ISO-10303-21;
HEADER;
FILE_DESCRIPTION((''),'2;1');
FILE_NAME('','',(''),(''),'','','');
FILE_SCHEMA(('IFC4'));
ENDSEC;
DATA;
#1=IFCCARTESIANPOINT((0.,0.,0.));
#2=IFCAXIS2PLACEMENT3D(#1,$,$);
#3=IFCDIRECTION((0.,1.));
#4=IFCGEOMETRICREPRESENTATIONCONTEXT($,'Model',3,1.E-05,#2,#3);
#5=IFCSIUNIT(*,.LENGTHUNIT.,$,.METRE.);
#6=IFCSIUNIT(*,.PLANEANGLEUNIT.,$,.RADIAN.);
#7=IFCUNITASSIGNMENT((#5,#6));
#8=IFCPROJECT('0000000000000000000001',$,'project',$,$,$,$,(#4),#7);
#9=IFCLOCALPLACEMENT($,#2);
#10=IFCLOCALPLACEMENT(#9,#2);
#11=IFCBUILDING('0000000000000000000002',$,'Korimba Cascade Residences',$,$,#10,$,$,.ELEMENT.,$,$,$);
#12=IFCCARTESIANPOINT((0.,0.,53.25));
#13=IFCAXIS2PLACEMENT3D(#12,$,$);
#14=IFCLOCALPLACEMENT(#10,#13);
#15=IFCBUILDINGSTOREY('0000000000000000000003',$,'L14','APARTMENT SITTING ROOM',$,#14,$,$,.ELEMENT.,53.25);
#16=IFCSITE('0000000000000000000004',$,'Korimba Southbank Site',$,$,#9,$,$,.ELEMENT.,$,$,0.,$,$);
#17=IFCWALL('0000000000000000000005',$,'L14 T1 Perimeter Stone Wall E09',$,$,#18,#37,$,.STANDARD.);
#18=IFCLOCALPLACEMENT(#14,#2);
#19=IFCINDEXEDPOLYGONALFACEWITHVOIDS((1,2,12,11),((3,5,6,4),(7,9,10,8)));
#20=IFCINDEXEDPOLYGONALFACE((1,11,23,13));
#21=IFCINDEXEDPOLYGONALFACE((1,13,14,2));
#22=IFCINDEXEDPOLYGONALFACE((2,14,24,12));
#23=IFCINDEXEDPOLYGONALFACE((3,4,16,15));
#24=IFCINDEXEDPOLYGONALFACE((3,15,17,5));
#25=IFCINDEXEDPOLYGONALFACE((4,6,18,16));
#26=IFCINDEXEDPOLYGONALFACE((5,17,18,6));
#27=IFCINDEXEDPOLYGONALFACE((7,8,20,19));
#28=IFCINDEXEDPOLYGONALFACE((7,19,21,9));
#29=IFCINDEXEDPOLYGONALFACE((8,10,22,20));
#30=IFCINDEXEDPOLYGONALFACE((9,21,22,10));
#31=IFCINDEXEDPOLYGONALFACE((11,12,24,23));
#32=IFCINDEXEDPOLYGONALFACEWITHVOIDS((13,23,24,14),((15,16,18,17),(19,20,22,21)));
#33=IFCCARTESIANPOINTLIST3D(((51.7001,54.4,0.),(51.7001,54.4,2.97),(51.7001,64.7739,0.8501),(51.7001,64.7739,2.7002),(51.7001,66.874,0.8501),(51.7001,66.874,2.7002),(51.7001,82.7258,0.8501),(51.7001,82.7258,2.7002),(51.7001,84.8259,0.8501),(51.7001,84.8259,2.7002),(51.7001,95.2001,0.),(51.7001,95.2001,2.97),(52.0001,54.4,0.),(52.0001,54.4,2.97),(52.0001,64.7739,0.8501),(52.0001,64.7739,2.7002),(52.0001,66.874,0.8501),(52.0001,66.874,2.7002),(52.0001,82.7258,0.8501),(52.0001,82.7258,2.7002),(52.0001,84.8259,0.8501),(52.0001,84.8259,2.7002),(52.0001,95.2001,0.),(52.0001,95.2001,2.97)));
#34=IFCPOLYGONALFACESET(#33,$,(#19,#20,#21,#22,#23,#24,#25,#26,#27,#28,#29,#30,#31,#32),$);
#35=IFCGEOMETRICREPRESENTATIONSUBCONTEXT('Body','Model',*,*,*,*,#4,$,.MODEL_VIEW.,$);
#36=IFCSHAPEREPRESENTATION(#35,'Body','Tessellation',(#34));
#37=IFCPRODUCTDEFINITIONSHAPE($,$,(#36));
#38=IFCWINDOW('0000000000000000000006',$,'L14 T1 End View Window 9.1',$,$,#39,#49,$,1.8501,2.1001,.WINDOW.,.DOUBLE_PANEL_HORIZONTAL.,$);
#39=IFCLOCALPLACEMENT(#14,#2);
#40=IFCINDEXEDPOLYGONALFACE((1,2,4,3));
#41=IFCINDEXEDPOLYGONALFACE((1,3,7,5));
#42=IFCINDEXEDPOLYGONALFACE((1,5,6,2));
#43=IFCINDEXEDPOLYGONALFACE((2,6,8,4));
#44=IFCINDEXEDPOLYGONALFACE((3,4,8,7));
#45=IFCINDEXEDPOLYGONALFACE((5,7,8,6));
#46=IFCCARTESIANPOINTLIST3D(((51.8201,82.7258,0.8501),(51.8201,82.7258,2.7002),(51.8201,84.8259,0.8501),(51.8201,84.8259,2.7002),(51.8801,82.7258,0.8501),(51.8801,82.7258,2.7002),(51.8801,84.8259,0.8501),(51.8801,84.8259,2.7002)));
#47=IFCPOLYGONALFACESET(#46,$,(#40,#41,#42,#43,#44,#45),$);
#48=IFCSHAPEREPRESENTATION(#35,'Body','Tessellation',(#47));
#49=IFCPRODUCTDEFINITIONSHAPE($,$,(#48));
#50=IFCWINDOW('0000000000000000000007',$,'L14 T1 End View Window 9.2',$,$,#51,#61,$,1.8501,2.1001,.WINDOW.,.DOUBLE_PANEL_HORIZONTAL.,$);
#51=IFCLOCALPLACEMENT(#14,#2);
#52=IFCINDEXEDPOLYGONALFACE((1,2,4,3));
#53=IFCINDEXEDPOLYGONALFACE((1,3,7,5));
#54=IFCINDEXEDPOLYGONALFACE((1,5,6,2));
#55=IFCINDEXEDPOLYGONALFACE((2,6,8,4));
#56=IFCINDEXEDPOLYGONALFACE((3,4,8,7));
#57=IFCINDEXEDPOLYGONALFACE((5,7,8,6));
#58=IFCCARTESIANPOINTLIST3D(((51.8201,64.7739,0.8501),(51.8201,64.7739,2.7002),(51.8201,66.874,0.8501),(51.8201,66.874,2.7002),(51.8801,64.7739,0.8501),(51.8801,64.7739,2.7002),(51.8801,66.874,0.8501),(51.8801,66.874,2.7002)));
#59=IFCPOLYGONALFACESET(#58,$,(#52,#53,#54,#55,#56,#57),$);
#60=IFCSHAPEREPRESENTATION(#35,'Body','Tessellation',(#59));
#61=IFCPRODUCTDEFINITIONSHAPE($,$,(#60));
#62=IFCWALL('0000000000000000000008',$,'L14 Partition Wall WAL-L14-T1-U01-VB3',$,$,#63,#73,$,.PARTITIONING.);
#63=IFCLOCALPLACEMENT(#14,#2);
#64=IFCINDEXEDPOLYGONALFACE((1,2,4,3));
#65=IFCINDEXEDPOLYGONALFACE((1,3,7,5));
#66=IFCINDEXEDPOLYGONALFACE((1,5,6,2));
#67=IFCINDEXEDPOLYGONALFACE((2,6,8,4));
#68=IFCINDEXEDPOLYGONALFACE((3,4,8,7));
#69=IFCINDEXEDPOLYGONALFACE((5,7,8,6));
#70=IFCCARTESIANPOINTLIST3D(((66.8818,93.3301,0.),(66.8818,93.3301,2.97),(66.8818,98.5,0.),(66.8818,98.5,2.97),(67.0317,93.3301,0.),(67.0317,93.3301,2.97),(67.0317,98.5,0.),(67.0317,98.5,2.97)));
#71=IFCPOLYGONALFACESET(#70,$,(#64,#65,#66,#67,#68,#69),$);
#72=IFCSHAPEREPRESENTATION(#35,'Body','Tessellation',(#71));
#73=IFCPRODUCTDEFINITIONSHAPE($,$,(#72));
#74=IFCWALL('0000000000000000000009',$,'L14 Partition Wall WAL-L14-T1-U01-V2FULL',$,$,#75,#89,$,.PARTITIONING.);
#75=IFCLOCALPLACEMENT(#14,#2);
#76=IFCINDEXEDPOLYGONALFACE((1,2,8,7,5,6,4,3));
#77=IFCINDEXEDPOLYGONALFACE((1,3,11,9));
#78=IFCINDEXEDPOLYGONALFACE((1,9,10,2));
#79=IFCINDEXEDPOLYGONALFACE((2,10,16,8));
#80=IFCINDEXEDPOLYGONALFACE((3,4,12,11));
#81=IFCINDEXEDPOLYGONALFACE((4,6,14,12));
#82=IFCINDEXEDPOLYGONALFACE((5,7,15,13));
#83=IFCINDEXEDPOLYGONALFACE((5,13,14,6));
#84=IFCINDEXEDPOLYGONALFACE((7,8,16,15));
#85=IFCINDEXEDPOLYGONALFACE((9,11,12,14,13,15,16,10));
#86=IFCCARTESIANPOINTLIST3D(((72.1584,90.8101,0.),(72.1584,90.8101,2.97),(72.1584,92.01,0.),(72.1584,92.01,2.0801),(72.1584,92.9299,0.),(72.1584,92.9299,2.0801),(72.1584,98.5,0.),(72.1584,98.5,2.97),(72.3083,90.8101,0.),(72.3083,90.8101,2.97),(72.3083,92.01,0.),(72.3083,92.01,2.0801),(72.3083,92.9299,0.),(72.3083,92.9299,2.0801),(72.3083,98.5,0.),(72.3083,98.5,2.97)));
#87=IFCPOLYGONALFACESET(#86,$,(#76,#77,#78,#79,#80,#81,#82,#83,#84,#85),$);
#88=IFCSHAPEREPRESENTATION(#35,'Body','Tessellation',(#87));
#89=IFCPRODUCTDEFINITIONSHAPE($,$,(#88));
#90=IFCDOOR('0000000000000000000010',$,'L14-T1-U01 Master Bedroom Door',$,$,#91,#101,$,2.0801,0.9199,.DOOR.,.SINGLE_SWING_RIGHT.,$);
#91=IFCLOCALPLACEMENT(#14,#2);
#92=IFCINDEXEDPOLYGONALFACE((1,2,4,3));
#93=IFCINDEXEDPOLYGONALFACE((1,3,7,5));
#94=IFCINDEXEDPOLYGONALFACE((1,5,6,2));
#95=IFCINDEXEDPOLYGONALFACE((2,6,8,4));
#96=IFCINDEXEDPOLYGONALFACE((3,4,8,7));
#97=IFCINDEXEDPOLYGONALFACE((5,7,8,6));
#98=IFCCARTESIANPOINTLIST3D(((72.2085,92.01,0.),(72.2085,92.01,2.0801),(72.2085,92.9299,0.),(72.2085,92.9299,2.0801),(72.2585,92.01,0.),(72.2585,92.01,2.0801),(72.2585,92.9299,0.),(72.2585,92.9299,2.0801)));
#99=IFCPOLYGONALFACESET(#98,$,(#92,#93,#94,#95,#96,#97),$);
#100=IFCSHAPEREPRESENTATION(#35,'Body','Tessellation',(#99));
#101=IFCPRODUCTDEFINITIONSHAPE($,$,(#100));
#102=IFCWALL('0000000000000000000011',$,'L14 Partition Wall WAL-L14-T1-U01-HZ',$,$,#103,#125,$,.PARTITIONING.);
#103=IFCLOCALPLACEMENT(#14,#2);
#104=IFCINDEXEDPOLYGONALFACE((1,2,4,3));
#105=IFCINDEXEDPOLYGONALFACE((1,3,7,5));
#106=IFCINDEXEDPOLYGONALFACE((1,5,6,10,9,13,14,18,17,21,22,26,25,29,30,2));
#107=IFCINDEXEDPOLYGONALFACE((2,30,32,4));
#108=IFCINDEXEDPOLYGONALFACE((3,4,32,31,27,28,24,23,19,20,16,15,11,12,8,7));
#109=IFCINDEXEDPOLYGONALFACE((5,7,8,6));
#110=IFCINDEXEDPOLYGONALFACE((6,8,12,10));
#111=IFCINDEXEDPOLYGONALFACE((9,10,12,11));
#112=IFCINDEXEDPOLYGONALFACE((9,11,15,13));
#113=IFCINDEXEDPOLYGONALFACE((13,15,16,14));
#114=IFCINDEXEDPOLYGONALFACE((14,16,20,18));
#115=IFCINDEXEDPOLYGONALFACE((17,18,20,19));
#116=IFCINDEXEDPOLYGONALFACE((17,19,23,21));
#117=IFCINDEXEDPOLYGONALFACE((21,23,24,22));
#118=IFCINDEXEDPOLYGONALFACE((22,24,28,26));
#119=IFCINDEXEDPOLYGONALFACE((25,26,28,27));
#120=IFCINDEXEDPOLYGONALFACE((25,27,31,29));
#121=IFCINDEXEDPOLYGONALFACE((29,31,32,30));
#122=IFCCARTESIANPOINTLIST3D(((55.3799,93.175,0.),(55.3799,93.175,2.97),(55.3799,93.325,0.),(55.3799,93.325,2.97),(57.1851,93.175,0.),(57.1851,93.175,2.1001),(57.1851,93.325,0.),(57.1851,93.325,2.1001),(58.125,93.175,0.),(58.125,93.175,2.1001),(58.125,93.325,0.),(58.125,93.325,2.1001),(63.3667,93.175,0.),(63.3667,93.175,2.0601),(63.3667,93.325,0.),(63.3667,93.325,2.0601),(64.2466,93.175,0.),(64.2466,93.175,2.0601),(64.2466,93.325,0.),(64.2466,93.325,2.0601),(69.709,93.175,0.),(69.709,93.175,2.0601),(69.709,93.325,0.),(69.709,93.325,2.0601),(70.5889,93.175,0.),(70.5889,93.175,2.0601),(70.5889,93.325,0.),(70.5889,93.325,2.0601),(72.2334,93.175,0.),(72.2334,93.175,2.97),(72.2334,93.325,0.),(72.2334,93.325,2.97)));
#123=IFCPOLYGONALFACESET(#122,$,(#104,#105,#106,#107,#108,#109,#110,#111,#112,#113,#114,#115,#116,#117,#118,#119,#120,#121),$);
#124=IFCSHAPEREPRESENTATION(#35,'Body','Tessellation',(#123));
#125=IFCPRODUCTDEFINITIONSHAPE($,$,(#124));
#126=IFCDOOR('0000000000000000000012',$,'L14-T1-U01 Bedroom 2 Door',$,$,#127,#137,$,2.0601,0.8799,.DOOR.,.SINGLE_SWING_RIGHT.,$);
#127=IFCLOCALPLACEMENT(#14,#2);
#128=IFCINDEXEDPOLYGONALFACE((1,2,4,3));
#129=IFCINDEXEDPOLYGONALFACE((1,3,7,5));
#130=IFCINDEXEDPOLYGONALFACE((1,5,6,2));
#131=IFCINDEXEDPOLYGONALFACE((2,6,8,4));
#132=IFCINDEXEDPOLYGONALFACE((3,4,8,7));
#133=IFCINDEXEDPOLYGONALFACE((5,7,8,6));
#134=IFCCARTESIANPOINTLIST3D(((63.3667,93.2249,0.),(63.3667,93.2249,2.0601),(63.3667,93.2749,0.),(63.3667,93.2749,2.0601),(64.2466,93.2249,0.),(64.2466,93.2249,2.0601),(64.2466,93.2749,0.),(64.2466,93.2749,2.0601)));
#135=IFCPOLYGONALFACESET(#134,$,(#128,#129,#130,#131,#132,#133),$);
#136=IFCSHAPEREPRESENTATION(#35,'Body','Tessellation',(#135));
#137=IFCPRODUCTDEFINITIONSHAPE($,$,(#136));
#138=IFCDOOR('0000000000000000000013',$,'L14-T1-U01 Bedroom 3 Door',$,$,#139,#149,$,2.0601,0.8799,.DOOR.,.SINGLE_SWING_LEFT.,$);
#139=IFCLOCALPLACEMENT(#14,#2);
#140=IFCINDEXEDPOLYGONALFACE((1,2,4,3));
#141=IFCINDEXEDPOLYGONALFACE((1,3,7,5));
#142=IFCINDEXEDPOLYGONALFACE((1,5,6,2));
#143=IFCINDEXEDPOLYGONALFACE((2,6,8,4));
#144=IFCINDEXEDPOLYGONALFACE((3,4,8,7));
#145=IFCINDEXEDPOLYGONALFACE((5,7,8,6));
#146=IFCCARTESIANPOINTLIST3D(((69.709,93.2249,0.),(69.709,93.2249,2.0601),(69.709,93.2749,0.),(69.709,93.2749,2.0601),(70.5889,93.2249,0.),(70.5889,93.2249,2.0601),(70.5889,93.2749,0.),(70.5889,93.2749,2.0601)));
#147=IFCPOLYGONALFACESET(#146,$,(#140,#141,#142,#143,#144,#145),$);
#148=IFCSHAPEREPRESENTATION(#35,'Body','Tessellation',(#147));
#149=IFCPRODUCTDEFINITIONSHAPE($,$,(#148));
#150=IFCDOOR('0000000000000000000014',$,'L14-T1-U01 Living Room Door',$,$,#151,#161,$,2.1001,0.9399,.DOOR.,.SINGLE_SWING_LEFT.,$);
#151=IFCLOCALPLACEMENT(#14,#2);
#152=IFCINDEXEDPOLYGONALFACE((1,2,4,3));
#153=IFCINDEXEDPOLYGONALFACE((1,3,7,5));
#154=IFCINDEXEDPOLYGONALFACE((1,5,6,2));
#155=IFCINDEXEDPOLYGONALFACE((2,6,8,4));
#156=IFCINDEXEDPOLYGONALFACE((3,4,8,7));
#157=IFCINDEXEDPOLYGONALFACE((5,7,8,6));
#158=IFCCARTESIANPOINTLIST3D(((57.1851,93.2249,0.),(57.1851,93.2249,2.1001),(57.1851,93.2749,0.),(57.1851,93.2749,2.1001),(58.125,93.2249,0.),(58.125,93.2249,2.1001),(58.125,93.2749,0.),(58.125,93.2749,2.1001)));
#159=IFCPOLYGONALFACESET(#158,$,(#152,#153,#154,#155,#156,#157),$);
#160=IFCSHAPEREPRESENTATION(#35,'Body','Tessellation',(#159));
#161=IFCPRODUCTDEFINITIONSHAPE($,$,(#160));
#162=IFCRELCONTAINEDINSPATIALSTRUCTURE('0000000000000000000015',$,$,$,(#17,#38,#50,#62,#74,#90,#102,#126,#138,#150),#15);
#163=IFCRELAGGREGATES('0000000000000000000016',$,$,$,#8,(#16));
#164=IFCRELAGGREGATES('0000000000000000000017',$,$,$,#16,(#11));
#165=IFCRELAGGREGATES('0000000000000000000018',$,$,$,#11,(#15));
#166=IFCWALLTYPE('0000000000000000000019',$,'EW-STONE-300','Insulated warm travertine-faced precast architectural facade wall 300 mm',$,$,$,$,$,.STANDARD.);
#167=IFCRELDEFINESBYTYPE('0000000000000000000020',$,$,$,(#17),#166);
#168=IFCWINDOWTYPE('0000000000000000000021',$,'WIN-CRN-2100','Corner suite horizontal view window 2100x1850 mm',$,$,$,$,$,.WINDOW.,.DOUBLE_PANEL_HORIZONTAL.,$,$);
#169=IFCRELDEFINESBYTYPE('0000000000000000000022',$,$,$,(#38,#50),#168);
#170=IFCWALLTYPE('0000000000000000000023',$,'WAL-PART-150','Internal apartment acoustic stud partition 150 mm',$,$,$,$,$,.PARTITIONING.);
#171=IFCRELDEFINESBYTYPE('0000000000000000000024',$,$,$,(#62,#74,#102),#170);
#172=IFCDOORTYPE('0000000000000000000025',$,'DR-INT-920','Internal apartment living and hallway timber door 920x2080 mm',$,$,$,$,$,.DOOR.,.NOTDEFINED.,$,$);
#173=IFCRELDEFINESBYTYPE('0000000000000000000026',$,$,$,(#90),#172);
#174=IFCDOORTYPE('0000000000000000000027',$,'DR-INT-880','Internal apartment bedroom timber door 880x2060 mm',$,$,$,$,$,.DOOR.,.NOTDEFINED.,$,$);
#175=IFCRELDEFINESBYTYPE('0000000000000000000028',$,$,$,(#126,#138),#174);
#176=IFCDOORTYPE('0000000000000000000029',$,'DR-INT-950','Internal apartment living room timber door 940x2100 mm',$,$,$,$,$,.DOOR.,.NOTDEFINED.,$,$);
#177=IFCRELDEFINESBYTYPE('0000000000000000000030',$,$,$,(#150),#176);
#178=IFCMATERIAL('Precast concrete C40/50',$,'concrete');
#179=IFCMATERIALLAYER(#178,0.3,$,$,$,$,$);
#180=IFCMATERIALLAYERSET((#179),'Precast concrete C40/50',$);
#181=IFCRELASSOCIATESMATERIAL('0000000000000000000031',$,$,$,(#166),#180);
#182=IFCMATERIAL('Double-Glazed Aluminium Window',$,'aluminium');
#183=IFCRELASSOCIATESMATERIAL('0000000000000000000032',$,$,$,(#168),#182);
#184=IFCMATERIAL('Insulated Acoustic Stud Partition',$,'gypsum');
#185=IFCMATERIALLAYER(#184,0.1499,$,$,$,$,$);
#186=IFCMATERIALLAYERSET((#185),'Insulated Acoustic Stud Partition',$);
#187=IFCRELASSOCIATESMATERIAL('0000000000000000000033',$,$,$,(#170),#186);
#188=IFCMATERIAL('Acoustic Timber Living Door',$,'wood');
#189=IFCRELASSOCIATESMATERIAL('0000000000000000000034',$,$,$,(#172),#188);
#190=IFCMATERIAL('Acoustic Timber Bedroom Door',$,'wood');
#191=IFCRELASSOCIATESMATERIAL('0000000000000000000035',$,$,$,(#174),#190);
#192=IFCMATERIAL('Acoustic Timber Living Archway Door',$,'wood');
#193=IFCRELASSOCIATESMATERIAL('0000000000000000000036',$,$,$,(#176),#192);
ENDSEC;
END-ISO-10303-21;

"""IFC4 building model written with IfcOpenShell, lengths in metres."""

from ifc_helpers import new_model, si_unit, direction, frame, frame_2d, origin, place, context, subcontext, project, spatial, rectangle, extrude, material, layer, layer_set, type_object, element, fill, save


model = new_model("IFC4")

# Units and contexts
model_context = context("Model", 3, precision=1e-05, world=origin(), true_north=direction((0.0, 1.0)))
body_context = subcontext(model_context, "Body", "Model", "MODEL_VIEW")
ifc_project = project(units=[si_unit("LENGTHUNIT", "METRE"), si_unit("PLANEANGLEUNIT", "RADIAN")], contexts=[model_context])

# Site, building, storey
site_placement = place(None, origin())
site = spatial("IfcSite", under=ifc_project, at=site_placement, Name="Korimba Southbank Site", CompositionType="ELEMENT", RefElevation=0.0)
building_placement = place(site_placement, origin())
building = spatial("IfcBuilding", under=site, at=building_placement, Name="Korimba Cascade Residences", CompositionType="ELEMENT")
storey_placement = place(building_placement, frame((0.0, 0.0, 53.25)))
storey = spatial("IfcBuildingStorey", under=building, at=storey_placement, Name="L14", Description="APARTMENT SITTING ROOM", CompositionType="ELEMENT", Elevation=53.25)

# Shared definitions
ifc_material_1 = material(Name="Precast concrete C40/50", Category="concrete")
ifc_layer_1 = layer(ifc_material_1, 0.3)
ifc_layer_set_1 = layer_set([ifc_layer_1], Name="Precast concrete C40/50")
wall_type_1 = type_object("IfcWallType", Name="EW-STONE-300", Description="Insulated warm travertine-faced precast architectural facade wall 300 mm", PredefinedType="STANDARD", material=ifc_layer_set_1)

# Wall, openings, windows
wall_1_placement = place(storey_placement, frame((51.8501, 95.2, 0.0), z_axis=(0.0, 0.0, 1.0), x_axis=(0.0, -1.0, 0.0)))
wall_1 = element("IfcWall", 1, at=wall_1_placement, inside=storey, type_object=wall_type_1, Name="L14 T1 Perimeter Stone Wall E09", PredefinedType="STANDARD", context=body_context, shape_type="SweptSolid", body=[
    extrude(rectangle(XDim=40.8, YDim=0.3, at=frame_2d((20.3999, 0.0))), origin(), (0.0, 0.0, 1.0), 2.97),
])
opening_1_placement = place(wall_1_placement, frame((10.374, 0.0, 0.8501)))
opening_1 = element("IfcOpeningElement", 2, at=opening_1_placement, cuts=wall_1, PredefinedType="OPENING", context=body_context, shape_type="SweptSolid", body=[
    extrude(rectangle(XDim=2.1001, YDim=1.8501, at=frame_2d((1.05, 0.925))), frame((0.0, 0.1602, 0.0), z_axis=(0.0, -1.0, 0.0), x_axis=(1.0, 0.0, 0.0)), (0.0, 0.0, 1.0), 0.3201),
])
opening_2_placement = place(wall_1_placement, frame((28.3259, 0.0, 0.8501)))
opening_2 = element("IfcOpeningElement", 3, at=opening_2_placement, cuts=wall_1, PredefinedType="OPENING", context=body_context, shape_type="SweptSolid", body=[
    extrude(rectangle(XDim=2.1001, YDim=1.8501, at=frame_2d((1.05, 0.925))), frame((0.0, 0.1602, 0.0), z_axis=(0.0, -1.0, 0.0), x_axis=(1.0, 0.0, 0.0)), (0.0, 0.0, 1.0), 0.3201),
])
ifc_material_2 = material(Name="Double-Glazed Aluminium Window", Category="aluminium")
window_type = type_object("IfcWindowType", Name="WIN-CRN-2100", Description="Corner suite horizontal view window 2100x1850 mm", PartitioningType="DOUBLE_PANEL_HORIZONTAL", PredefinedType="WINDOW", material=ifc_material_2)
window_1_placement = place(opening_1_placement, origin())
window_1 = element("IfcWindow", 4, at=window_1_placement, inside=storey, type_object=window_type, Name="L14 T1 End View Window 9.1", OverallHeight=1.8501, OverallWidth=2.1001, PartitioningType="DOUBLE_PANEL_HORIZONTAL", PredefinedType="WINDOW", context=body_context, shape_type="SweptSolid", body=[
    extrude(rectangle(XDim=2.1001, YDim=1.8501, at=frame_2d((1.05, 0.925))), frame((0.0, 0.03, 0.0), z_axis=(0.0, -1.0, 0.0), x_axis=(1.0, 0.0, 0.0)), (0.0, 0.0, 1.0), 0.0601),
])
fill(opening_1, window_1)
window_2_placement = place(opening_2_placement, origin())
window_2 = element("IfcWindow", 5, at=window_2_placement, inside=storey, type_object=window_type, Name="L14 T1 End View Window 9.2", OverallHeight=1.8501, OverallWidth=2.1001, PartitioningType="DOUBLE_PANEL_HORIZONTAL", PredefinedType="WINDOW", context=body_context, shape_type="SweptSolid", body=[
    extrude(rectangle(XDim=2.1001, YDim=1.8501, at=frame_2d((1.05, 0.925))), frame((0.0, 0.03, 0.0), z_axis=(0.0, -1.0, 0.0), x_axis=(1.0, 0.0, 0.0)), (0.0, 0.0, 1.0), 0.0601),
])
fill(opening_2, window_2)

# Wall
ifc_material_3 = material(Name="Insulated Acoustic Stud Partition", Category="gypsum")
ifc_layer_2 = layer(ifc_material_3, 0.1499)
ifc_layer_set_2 = layer_set([ifc_layer_2], Name="Insulated Acoustic Stud Partition")
wall_type_2 = type_object("IfcWallType", Name="WAL-PART-150", Description="Internal apartment acoustic stud partition 150 mm", PredefinedType="PARTITIONING", material=ifc_layer_set_2)
wall_2_placement = place(storey_placement, frame((66.9568, 93.3301, 0.0), z_axis=(0.0, 0.0, 1.0), x_axis=(0.0, 1.0, 0.0)))
element("IfcWall", 6, at=wall_2_placement, inside=storey, type_object=wall_type_2, Name="L14 Partition Wall WAL-L14-T1-U01-VB3", PredefinedType="PARTITIONING", context=body_context, shape_type="SweptSolid", body=[
    extrude(rectangle(XDim=5.1699, YDim=0.1499, at=frame_2d((2.585, 0.0))), origin(), (0.0, 0.0, 1.0), 2.97),
])

# Wall, opening, door
wall_3_placement = place(storey_placement, frame((72.2334, 90.8101, 0.0), z_axis=(0.0, 0.0, 1.0), x_axis=(0.0, 1.0, 0.0)))
wall_3 = element("IfcWall", 7, at=wall_3_placement, inside=storey, type_object=wall_type_2, Name="L14 Partition Wall WAL-L14-T1-U01-V2FULL", PredefinedType="PARTITIONING", context=body_context, shape_type="SweptSolid", body=[
    extrude(rectangle(XDim=7.6899, YDim=0.1499, at=frame_2d((3.845, 0.0))), origin(), (0.0, 0.0, 1.0), 2.97),
])
opening_3_placement = place(wall_3_placement, frame((1.2, 0.0, 0.0)))
opening_3 = element("IfcOpeningElement", 8, at=opening_3_placement, cuts=wall_3, PredefinedType="OPENING", context=body_context, shape_type="SweptSolid", body=[
    extrude(rectangle(XDim=0.9199, YDim=2.0801, at=frame_2d((0.46, 1.04))), frame((0.0, 0.085, 0.0), z_axis=(0.0, -1.0, 0.0), x_axis=(1.0, 0.0, 0.0)), (0.0, 0.0, 1.0), 0.1699),
])
ifc_material_4 = material(Name="Acoustic Timber Living Door", Category="wood")
door_type_1 = type_object("IfcDoorType", Name="DR-INT-920", Description="Internal apartment living and hallway timber door 920x2080 mm", OperationType="NOTDEFINED", PredefinedType="DOOR", material=ifc_material_4)
door_1_placement = place(opening_3_placement, origin())
door_1 = element("IfcDoor", 9, at=door_1_placement, inside=storey, type_object=door_type_1, Name="L14-T1-U01 Master Bedroom Door", OperationType="SINGLE_SWING_RIGHT", OverallHeight=2.0801, OverallWidth=0.9199, PredefinedType="DOOR", context=body_context, shape_type="SweptSolid", body=[
    extrude(rectangle(XDim=0.9199, YDim=2.0801, at=frame_2d((0.46, 1.04))), frame((0.0, 0.0249, 0.0), z_axis=(0.0, -1.0, 0.0), x_axis=(1.0, 0.0, 0.0)), (0.0, 0.0, 1.0), 0.05),
])
fill(opening_3, door_1)

# Wall, openings, doors
wall_4_placement = place(storey_placement, frame((55.3799, 93.25, 0.0), z_axis=(0.0, 0.0, 1.0), x_axis=(1.0, 0.0, 0.0)))
wall_4 = element("IfcWall", 10, at=wall_4_placement, inside=storey, type_object=wall_type_2, Name="L14 Partition Wall WAL-L14-T1-U01-HZ", PredefinedType="PARTITIONING", context=body_context, shape_type="SweptSolid", body=[
    extrude(rectangle(XDim=16.8535, YDim=0.1499, at=frame_2d((8.4268, 0.0))), origin(), (0.0, 0.0, 1.0), 2.97),
])
opening_4_placement = place(wall_4_placement, frame((1.8052, 0.0, 0.0)))
opening_4 = element("IfcOpeningElement", 11, at=opening_4_placement, cuts=wall_4, PredefinedType="OPENING", context=body_context, shape_type="SweptSolid", body=[
    extrude(rectangle(XDim=0.9399, YDim=2.1001, at=frame_2d((0.47, 1.05))), frame((0.0, 0.085, 0.0), z_axis=(0.0, -1.0, 0.0), x_axis=(1.0, 0.0, 0.0)), (0.0, 0.0, 1.0), 0.1699),
])
opening_5_placement = place(wall_4_placement, frame((7.9868, 0.0, 0.0)))
opening_5 = element("IfcOpeningElement", 12, at=opening_5_placement, cuts=wall_4, PredefinedType="OPENING", context=body_context, shape_type="SweptSolid", body=[
    extrude(rectangle(XDim=0.8799, YDim=2.0601, at=frame_2d((0.4399, 1.03))), frame((0.0, 0.085, 0.0), z_axis=(0.0, -1.0, 0.0), x_axis=(1.0, 0.0, 0.0)), (0.0, 0.0, 1.0), 0.1699),
])
opening_6_placement = place(wall_4_placement, frame((14.3291, 0.0, 0.0)))
opening_6 = element("IfcOpeningElement", 13, at=opening_6_placement, cuts=wall_4, PredefinedType="OPENING", context=body_context, shape_type="SweptSolid", body=[
    extrude(rectangle(XDim=0.8799, YDim=2.0601, at=frame_2d((0.4399, 1.03))), frame((0.0, 0.085, 0.0), z_axis=(0.0, -1.0, 0.0), x_axis=(1.0, 0.0, 0.0)), (0.0, 0.0, 1.0), 0.1699),
])
ifc_material_5 = material(Name="Acoustic Timber Bedroom Door", Category="wood")
door_type_2 = type_object("IfcDoorType", Name="DR-INT-880", Description="Internal apartment bedroom timber door 880x2060 mm", OperationType="NOTDEFINED", PredefinedType="DOOR", material=ifc_material_5)
door_2_placement = place(opening_5_placement, origin())
door_2 = element("IfcDoor", 14, at=door_2_placement, inside=storey, type_object=door_type_2, Name="L14-T1-U01 Bedroom 2 Door", OperationType="SINGLE_SWING_RIGHT", OverallHeight=2.0601, OverallWidth=0.8799, PredefinedType="DOOR", context=body_context, shape_type="SweptSolid", body=[
    extrude(rectangle(XDim=0.8799, YDim=2.0601, at=frame_2d((0.4399, 1.03))), frame((0.0, 0.0249, 0.0), z_axis=(0.0, -1.0, 0.0), x_axis=(1.0, 0.0, 0.0)), (0.0, 0.0, 1.0), 0.05),
])
fill(opening_5, door_2)
door_3_placement = place(opening_6_placement, origin())
door_3 = element("IfcDoor", 15, at=door_3_placement, inside=storey, type_object=door_type_2, Name="L14-T1-U01 Bedroom 3 Door", OperationType="SINGLE_SWING_LEFT", OverallHeight=2.0601, OverallWidth=0.8799, PredefinedType="DOOR", context=body_context, shape_type="SweptSolid", body=[
    extrude(rectangle(XDim=0.8799, YDim=2.0601, at=frame_2d((0.4399, 1.03))), frame((0.0, 0.0249, 0.0), z_axis=(0.0, -1.0, 0.0), x_axis=(1.0, 0.0, 0.0)), (0.0, 0.0, 1.0), 0.05),
])
fill(opening_6, door_3)
ifc_material_6 = material(Name="Acoustic Timber Living Archway Door", Category="wood")
door_type_3 = type_object("IfcDoorType", Name="DR-INT-950", Description="Internal apartment living room timber door 940x2100 mm", OperationType="NOTDEFINED", PredefinedType="DOOR", material=ifc_material_6)
door_4_placement = place(opening_4_placement, origin())
door_4 = element("IfcDoor", 16, at=door_4_placement, inside=storey, type_object=door_type_3, Name="L14-T1-U01 Living Room Door", OperationType="SINGLE_SWING_LEFT", OverallHeight=2.1001, OverallWidth=0.9399, PredefinedType="DOOR", context=body_context, shape_type="SweptSolid", body=[
    extrude(rectangle(XDim=0.9399, YDim=2.1001, at=frame_2d((0.47, 1.05))), frame((0.0, 0.0249, 0.0), z_axis=(0.0, -1.0, 0.0), x_axis=(1.0, 0.0, 0.0)), (0.0, 0.0, 1.0), 0.05),
])
fill(opening_4, door_4)

save(model, "model.ifc")
